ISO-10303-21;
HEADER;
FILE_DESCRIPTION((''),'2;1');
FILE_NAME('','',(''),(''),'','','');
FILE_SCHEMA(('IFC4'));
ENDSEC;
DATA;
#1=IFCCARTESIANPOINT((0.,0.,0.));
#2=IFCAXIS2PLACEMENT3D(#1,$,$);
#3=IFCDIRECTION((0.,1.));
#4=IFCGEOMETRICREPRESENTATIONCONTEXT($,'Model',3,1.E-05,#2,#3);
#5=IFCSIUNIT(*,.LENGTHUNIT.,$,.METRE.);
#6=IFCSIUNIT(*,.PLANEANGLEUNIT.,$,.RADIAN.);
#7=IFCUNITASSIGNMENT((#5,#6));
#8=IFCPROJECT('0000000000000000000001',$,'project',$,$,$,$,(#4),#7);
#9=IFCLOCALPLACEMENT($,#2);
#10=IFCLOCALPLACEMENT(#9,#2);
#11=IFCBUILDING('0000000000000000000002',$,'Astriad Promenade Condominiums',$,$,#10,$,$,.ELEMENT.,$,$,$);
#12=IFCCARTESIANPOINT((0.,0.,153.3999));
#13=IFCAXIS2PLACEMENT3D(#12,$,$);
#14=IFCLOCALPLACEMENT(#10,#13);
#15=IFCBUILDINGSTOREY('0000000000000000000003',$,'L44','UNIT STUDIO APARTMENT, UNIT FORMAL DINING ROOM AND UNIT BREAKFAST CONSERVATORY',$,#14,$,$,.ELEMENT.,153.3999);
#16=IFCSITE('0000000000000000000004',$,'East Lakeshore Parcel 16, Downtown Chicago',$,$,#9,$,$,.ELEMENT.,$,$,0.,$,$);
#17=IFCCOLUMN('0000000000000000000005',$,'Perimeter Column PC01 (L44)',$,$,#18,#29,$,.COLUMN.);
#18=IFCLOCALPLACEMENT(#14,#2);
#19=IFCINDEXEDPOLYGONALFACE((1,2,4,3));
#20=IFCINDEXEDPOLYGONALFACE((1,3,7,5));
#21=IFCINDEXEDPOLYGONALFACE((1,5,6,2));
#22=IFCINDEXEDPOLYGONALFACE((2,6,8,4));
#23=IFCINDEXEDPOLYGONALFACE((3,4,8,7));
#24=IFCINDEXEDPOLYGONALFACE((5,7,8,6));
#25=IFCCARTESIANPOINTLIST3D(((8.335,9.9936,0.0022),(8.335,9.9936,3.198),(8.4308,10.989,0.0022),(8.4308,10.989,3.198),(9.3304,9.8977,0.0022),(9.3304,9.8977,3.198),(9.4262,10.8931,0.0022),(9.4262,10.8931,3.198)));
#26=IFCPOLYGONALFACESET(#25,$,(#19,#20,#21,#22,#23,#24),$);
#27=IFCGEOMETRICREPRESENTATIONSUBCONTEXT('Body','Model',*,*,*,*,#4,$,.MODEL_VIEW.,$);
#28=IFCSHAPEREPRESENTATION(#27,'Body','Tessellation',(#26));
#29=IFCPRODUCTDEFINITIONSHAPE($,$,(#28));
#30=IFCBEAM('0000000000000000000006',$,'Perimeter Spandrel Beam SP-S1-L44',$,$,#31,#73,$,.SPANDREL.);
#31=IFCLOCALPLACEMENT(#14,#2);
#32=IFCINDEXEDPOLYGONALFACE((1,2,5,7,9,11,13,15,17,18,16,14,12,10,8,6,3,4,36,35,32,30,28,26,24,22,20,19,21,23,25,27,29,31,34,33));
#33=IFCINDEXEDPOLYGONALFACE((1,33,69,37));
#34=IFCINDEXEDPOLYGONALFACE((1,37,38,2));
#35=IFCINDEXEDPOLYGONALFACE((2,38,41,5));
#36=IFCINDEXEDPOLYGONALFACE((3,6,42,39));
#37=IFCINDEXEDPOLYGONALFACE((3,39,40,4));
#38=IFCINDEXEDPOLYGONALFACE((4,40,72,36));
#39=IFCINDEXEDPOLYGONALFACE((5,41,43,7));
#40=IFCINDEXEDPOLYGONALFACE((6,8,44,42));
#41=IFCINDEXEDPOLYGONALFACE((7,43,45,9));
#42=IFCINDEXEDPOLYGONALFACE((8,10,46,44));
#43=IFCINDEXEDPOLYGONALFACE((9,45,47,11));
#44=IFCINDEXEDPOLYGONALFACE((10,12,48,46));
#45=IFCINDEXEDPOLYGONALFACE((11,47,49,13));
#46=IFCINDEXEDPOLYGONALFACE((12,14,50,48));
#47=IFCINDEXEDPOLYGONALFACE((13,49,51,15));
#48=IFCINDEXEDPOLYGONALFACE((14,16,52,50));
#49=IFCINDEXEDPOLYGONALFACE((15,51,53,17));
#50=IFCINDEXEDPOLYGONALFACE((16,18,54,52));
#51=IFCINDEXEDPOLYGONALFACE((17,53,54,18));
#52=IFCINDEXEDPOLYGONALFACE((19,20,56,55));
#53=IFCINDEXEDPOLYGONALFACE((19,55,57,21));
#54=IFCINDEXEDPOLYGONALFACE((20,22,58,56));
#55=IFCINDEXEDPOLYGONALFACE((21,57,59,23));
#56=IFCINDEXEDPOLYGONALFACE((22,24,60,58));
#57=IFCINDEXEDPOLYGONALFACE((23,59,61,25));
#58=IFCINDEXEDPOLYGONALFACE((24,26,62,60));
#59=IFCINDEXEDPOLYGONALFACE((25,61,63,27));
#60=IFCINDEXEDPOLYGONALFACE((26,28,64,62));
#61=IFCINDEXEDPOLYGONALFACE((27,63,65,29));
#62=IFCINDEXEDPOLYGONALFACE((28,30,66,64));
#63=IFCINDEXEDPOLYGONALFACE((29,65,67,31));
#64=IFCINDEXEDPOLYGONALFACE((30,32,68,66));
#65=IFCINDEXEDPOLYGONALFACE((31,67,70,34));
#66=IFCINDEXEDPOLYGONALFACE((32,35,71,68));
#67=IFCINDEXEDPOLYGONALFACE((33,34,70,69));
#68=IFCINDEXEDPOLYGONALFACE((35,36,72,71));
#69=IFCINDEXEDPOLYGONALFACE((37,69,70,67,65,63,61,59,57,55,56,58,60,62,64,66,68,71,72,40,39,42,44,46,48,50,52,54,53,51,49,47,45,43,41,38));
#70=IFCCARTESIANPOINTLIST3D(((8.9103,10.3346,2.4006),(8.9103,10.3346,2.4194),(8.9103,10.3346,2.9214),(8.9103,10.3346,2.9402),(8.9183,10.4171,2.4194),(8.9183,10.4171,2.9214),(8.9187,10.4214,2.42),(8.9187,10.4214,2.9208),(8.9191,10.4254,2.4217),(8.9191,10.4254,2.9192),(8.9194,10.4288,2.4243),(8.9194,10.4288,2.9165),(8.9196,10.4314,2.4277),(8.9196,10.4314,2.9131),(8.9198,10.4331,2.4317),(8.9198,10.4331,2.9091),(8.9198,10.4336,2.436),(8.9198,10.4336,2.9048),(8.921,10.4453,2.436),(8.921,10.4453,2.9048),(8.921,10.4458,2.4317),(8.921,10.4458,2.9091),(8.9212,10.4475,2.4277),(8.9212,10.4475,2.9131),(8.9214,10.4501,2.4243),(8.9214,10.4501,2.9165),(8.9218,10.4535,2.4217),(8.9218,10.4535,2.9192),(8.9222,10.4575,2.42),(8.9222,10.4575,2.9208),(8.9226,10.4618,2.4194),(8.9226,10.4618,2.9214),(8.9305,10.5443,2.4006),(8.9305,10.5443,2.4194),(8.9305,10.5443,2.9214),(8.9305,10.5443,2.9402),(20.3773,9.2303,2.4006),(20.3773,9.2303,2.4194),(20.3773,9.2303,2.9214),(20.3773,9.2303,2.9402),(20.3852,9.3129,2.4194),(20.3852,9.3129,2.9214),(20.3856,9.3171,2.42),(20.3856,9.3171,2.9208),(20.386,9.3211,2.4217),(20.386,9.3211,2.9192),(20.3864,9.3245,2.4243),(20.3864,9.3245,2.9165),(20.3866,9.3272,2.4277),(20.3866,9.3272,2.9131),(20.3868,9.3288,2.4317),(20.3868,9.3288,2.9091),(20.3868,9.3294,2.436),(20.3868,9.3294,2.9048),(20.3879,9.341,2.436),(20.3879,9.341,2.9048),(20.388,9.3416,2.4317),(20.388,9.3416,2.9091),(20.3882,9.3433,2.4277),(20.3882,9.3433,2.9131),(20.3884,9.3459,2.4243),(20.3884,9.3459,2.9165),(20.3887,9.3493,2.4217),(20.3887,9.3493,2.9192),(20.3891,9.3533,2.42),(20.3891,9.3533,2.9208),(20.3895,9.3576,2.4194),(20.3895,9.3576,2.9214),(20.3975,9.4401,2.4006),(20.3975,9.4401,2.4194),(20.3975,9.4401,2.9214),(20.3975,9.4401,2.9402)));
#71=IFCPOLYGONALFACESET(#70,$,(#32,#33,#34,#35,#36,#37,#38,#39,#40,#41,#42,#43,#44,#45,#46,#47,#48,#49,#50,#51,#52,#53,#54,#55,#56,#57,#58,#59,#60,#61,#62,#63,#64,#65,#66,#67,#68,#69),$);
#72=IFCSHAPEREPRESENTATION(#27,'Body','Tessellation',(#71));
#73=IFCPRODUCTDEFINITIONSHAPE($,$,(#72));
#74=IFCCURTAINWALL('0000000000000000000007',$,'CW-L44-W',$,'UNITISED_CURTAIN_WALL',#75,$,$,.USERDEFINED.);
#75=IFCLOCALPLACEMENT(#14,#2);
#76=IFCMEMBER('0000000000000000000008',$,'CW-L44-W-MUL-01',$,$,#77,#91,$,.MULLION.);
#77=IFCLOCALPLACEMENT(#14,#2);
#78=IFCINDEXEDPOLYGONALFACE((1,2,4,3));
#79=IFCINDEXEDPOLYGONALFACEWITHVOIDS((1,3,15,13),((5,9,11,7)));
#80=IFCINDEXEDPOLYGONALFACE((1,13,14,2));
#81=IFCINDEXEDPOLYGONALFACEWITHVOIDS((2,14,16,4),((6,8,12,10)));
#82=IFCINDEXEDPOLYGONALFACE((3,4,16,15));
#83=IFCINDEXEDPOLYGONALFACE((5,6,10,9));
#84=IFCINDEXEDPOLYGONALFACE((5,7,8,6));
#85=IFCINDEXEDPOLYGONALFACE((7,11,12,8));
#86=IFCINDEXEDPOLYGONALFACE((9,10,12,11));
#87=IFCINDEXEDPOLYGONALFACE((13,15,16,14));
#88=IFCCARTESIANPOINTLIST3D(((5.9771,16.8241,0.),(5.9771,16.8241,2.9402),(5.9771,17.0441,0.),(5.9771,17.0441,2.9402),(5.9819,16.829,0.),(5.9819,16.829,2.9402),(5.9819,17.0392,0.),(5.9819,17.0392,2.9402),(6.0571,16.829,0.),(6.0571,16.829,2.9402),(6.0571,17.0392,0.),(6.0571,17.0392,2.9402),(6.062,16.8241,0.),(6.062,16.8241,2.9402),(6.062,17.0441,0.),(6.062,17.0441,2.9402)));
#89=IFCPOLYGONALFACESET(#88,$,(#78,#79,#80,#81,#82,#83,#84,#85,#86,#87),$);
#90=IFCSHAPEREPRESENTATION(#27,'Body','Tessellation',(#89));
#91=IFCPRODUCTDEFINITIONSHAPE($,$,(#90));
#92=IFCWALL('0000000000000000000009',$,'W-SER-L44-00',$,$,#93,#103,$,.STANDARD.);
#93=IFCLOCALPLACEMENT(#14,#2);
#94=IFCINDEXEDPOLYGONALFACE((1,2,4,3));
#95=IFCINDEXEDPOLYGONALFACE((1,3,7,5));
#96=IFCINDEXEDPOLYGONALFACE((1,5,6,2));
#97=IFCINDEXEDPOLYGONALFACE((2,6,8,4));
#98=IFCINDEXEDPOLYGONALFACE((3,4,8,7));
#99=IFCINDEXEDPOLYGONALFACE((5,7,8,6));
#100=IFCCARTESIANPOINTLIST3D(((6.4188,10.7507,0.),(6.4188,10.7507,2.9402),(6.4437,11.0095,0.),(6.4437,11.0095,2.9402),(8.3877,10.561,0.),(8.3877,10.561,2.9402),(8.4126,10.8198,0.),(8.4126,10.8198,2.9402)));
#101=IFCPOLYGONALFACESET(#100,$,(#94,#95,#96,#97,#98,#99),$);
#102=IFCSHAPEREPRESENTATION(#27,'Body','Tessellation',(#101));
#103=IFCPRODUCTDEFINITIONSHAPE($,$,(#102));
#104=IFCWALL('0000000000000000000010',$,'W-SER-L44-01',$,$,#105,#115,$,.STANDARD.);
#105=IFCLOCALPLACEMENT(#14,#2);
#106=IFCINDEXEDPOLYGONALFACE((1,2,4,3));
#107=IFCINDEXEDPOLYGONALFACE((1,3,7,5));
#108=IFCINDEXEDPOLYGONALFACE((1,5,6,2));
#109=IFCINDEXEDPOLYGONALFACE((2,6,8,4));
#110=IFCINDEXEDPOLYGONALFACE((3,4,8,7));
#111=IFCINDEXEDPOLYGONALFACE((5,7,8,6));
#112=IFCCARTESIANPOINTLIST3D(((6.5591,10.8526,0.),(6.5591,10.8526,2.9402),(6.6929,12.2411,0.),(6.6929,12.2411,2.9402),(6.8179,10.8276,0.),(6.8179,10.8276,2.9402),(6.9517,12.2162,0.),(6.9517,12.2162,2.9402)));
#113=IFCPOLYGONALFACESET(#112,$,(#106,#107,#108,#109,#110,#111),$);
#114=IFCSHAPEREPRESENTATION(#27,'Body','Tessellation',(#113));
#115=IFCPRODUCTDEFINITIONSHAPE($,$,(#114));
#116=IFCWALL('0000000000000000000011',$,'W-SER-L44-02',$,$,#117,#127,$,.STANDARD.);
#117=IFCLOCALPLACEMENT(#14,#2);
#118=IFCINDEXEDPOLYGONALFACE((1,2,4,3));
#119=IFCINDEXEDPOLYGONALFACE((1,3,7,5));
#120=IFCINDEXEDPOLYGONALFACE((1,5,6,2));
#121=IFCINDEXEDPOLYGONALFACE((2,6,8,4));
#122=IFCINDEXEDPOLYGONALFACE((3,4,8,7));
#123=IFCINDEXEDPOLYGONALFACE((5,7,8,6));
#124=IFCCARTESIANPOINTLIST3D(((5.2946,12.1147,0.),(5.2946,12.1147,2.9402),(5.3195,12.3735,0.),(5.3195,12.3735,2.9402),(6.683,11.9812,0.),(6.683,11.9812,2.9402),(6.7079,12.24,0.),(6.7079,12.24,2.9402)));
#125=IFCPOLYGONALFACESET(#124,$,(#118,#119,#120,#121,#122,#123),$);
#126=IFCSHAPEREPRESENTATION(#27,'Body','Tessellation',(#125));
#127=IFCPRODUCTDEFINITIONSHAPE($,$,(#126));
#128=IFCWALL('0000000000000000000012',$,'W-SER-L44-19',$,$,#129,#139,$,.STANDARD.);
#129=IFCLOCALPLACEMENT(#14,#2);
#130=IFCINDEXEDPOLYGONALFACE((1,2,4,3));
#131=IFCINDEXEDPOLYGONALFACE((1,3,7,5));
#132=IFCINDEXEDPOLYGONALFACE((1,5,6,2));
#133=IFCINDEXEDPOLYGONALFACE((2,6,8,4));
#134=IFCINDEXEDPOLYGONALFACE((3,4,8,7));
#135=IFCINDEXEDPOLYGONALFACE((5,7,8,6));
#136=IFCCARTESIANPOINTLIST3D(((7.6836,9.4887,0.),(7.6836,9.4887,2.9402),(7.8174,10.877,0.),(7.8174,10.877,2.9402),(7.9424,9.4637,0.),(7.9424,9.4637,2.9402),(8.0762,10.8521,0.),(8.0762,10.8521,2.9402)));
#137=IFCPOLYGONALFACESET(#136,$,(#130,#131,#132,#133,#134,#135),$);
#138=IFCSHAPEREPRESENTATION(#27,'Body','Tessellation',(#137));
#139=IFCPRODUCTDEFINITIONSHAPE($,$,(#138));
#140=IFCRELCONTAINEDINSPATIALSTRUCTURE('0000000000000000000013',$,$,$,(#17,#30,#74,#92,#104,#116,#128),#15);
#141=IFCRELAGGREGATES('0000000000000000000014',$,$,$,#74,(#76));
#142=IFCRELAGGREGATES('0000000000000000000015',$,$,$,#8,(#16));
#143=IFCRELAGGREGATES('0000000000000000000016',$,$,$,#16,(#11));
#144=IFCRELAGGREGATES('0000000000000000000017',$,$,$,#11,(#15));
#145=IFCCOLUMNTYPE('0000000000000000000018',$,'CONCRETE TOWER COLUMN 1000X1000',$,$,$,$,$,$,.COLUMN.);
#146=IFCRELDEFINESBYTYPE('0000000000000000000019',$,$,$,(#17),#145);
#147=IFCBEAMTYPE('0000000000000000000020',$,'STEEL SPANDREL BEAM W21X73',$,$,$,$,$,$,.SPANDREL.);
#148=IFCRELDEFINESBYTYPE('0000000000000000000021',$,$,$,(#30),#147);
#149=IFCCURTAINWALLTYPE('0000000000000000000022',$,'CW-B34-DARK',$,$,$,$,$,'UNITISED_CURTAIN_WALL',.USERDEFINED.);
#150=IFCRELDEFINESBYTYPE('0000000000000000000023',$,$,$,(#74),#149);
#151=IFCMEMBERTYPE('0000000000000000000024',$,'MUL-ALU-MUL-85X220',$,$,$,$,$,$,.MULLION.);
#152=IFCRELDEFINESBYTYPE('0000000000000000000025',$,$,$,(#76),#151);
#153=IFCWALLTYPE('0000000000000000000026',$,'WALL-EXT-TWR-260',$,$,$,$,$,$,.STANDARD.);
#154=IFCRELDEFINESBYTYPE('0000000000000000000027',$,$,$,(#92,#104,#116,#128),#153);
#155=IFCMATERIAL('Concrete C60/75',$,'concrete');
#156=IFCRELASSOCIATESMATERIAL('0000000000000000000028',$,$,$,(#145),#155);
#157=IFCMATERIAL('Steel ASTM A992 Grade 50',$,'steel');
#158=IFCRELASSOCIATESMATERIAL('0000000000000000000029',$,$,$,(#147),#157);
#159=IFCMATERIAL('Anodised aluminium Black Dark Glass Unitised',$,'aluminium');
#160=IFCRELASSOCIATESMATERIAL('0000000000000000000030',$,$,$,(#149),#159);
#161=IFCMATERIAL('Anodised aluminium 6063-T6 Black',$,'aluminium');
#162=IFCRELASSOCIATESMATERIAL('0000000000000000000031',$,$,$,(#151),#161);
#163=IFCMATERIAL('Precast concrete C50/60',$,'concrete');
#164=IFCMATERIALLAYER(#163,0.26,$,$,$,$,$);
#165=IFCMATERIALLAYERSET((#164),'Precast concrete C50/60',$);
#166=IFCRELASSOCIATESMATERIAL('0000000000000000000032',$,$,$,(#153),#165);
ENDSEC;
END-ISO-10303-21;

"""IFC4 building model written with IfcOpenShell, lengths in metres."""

from ifc_helpers import new_model, si_unit, direction, frame, frame_2d, origin, origin_2d, place, context, subcontext, project, spatial, rectangle, hollow_rectangle, i_section, extrude, source, transform, mapped, material, layer, layer_set, material_profile, profile_set, type_object, type_shapes, element, aggregate, save


model = new_model("IFC4")

# Units and contexts
model_context = context("Model", 3, precision=1e-05, world=origin(), true_north=direction((0.0, 1.0)))
body_context = subcontext(model_context, "Body", "Model", "MODEL_VIEW")
ifc_project = project(units=[si_unit("LENGTHUNIT", "METRE"), si_unit("PLANEANGLEUNIT", "RADIAN")], contexts=[model_context])

# Site, building, storey
site_placement = place(None, origin())
site = spatial("IfcSite", under=ifc_project, at=site_placement, Name="East Lakeshore Parcel 16, Downtown Chicago", CompositionType="ELEMENT", RefElevation=0.0)
building_placement = place(site_placement, origin())
building = spatial("IfcBuilding", under=site, at=building_placement, Name="Astriad Promenade Condominiums", CompositionType="ELEMENT")
storey_placement = place(building_placement, frame((0.0, 0.0, 153.3999)))
storey = spatial("IfcBuildingStorey", under=building, at=storey_placement, Name="L44", Description="UNIT STUDIO APARTMENT, UNIT FORMAL DINING ROOM AND UNIT BREAKFAST CONSERVATORY", CompositionType="ELEMENT", Elevation=153.3999)

# Column
ifc_material_1 = material(Name="Concrete C60/75", Category="concrete")
ifc_material_profile_1 = material_profile(ifc_material_1, rectangle(XDim=1.0, YDim=1.0, at=origin_2d()), Name="RC-COL-1000X1000")
ifc_profile_set_1 = profile_set([ifc_material_profile_1], Name="Concrete C60/75")
column_type = type_object("IfcColumnType", Name="CONCRETE TOWER COLUMN 1000X1000", PredefinedType="COLUMN", material=ifc_profile_set_1)
shared_shape_1 = source(origin(), body_context, "Body", "SweptSolid", [
    extrude(rectangle(XDim=1.0, YDim=1.0, at=origin_2d()), origin(), (0.0, 0.0, 1.0), 3.1958),
])
type_shapes(column_type, [shared_shape_1])
column_placement = place(storey_placement, frame((8.8806, 10.4434, 0.0022), z_axis=(0.0, 0.0, 1.0), x_axis=(0.995396, -0.095846, 0.0)))
element("IfcColumn", 1, at=column_placement, inside=storey, type_object=column_type, Name="Perimeter Column PC01 (L44)", PredefinedType="COLUMN", context=body_context, shape_type="MappedRepresentation", body=[
    mapped(shared_shape_1, transform((0.0, 0.0, 0.0), scale=1.0)),
])

# Beam
ifc_material_2 = material(Name="Steel ASTM A992 Grade 50", Category="steel")
ifc_material_profile_2 = material_profile(ifc_material_2, i_section(OverallWidth=0.2107, OverallDepth=0.5396, WebThickness=0.0117, FlangeThickness=0.0188, FilletRadius=0.0166, at=origin_2d()), Name="W21X73")
ifc_profile_set_2 = profile_set([ifc_material_profile_2], Name="Steel ASTM A992 Grade 50")
beam_type = type_object("IfcBeamType", Name="STEEL SPANDREL BEAM W21X73", PredefinedType="SPANDREL", material=ifc_profile_set_2)
shared_shape_2 = source(origin(), body_context, "Body", "SweptSolid", [
    extrude(i_section(OverallWidth=0.2107, OverallDepth=0.5396, WebThickness=0.0117, FlangeThickness=0.0188, FilletRadius=0.0166, at=origin_2d()), origin(), (0.0, 0.0, 1.0), 11.52),
])
type_shapes(beam_type, [shared_shape_2])
beam_placement = place(storey_placement, frame((8.9204, 10.4395, 2.6704), z_axis=(0.995395, -0.095854, 0.0), x_axis=(0.095854, 0.995395, 0.0)))
element("IfcBeam", 2, at=beam_placement, inside=storey, type_object=beam_type, Name="Perimeter Spandrel Beam SP-S1-L44", PredefinedType="SPANDREL", context=body_context, shape_type="MappedRepresentation", body=[
    mapped(shared_shape_2, transform((0.0, 0.0, 0.0), scale=1.0)),
])

# Curtain wall, member
ifc_material_3 = material(Name="Anodised aluminium Black Dark Glass Unitised", Category="aluminium")
curtain_wall_type = type_object("IfcCurtainWallType", Name="CW-B34-DARK", ElementType="UNITISED_CURTAIN_WALL", PredefinedType="USERDEFINED", material=ifc_material_3)
curtain_wall_placement = place(storey_placement, origin())
curtain_wall = element("IfcCurtainWall", 3, at=curtain_wall_placement, inside=storey, type_object=curtain_wall_type, Name="CW-L44-W", ObjectType="UNITISED_CURTAIN_WALL", PredefinedType="USERDEFINED")
ifc_material_4 = material(Name="Anodised aluminium 6063-T6 Black", Category="aluminium")
ifc_material_profile_3 = material_profile(ifc_material_4, hollow_rectangle(XDim=0.085, YDim=0.22, WallThickness=0.0049, at=origin_2d()), Name="ALU-MUL-85X220")
ifc_profile_set_3 = profile_set([ifc_material_profile_3], Name="Anodised aluminium 6063-T6 Black")
member_type = type_object("IfcMemberType", Name="MUL-ALU-MUL-85X220", PredefinedType="MULLION", material=ifc_profile_set_3)
shared_shape_3 = source(origin(), body_context, "Body", "SweptSolid", [
    extrude(hollow_rectangle(XDim=0.085, YDim=0.22, WallThickness=0.0049, at=origin_2d()), origin(), (0.0, 0.0, 1.0), 2.9402),
])
type_shapes(member_type, [shared_shape_3])
member_placement = place(storey_placement, frame((6.0195, 16.9341, 0.0), z_axis=(0.0, 0.0, 1.0), x_axis=(1.0, 0.0, 0.0)))
member = element("IfcMember", 4, at=member_placement, type_object=member_type, Name="CW-L44-W-MUL-01", PredefinedType="MULLION", context=body_context, shape_type="MappedRepresentation", body=[
    mapped(shared_shape_3, transform((0.0, 0.0, 0.0), scale=1.0)),
])
aggregate(curtain_wall, [member])

# Walls
ifc_material_5 = material(Name="Precast concrete C50/60", Category="concrete")
ifc_layer_1 = layer(ifc_material_5, 0.26)
ifc_layer_set_1 = layer_set([ifc_layer_1], Name="Precast concrete C50/60")
wall_type_1 = type_object("IfcWallType", Name="WALL-EXT-TWR-260", PredefinedType="STANDARD", material=ifc_layer_set_1)
wall_1_placement = place(storey_placement, frame((8.4001, 10.6904, 0.0), z_axis=(0.0, 0.0, 1.0), x_axis=(-0.995391, 0.095898, 0.0)))
element("IfcWall", 5, at=wall_1_placement, inside=storey, type_object=wall_type_1, Name="W-SER-L44-00", PredefinedType="STANDARD", context=body_context, shape_type="SweptSolid", body=[
    extrude(rectangle(XDim=1.978, YDim=0.26, at=frame_2d((0.989, 0.0))), origin(), (0.0, 0.0, 1.0), 2.9402),
])
wall_2_placement = place(storey_placement, frame((6.6885, 10.8401, 0.0), z_axis=(0.0, 0.0, 1.0), x_axis=(0.095899, 0.995391, 0.0)))
element("IfcWall", 6, at=wall_2_placement, inside=storey, type_object=wall_type_1, Name="W-SER-L44-01", PredefinedType="STANDARD", context=body_context, shape_type="SweptSolid", body=[
    extrude(rectangle(XDim=1.395, YDim=0.26, at=frame_2d((0.6975, 0.0))), origin(), (0.0, 0.0, 1.0), 2.9402),
])
for number, where, z_axis, x_axis, name in (
    (7, (6.6953, 12.1106, 0.0), (0.0, 0.0, 1.0), (-0.995406, 0.095742, 0.0), "W-SER-L44-02"),
    (8, (7.813, 9.4763, 0.0), (0.0, 0.0, 1.0), (0.095916, 0.995389, 0.0), "W-SER-L44-19"),
):
    element("IfcWall", number, at=place(storey_placement, frame(where, z_axis=z_axis, x_axis=x_axis)), inside=storey, type_object=wall_type_1, Name=name, PredefinedType="STANDARD", context=body_context, shape_type="SweptSolid", body=[
        extrude(rectangle(XDim=1.3948, YDim=0.26, at=frame_2d((0.6973, 0.0))), origin(), (0.0, 0.0, 1.0), 2.9402),
    ])

save(model, "model.ifc")
